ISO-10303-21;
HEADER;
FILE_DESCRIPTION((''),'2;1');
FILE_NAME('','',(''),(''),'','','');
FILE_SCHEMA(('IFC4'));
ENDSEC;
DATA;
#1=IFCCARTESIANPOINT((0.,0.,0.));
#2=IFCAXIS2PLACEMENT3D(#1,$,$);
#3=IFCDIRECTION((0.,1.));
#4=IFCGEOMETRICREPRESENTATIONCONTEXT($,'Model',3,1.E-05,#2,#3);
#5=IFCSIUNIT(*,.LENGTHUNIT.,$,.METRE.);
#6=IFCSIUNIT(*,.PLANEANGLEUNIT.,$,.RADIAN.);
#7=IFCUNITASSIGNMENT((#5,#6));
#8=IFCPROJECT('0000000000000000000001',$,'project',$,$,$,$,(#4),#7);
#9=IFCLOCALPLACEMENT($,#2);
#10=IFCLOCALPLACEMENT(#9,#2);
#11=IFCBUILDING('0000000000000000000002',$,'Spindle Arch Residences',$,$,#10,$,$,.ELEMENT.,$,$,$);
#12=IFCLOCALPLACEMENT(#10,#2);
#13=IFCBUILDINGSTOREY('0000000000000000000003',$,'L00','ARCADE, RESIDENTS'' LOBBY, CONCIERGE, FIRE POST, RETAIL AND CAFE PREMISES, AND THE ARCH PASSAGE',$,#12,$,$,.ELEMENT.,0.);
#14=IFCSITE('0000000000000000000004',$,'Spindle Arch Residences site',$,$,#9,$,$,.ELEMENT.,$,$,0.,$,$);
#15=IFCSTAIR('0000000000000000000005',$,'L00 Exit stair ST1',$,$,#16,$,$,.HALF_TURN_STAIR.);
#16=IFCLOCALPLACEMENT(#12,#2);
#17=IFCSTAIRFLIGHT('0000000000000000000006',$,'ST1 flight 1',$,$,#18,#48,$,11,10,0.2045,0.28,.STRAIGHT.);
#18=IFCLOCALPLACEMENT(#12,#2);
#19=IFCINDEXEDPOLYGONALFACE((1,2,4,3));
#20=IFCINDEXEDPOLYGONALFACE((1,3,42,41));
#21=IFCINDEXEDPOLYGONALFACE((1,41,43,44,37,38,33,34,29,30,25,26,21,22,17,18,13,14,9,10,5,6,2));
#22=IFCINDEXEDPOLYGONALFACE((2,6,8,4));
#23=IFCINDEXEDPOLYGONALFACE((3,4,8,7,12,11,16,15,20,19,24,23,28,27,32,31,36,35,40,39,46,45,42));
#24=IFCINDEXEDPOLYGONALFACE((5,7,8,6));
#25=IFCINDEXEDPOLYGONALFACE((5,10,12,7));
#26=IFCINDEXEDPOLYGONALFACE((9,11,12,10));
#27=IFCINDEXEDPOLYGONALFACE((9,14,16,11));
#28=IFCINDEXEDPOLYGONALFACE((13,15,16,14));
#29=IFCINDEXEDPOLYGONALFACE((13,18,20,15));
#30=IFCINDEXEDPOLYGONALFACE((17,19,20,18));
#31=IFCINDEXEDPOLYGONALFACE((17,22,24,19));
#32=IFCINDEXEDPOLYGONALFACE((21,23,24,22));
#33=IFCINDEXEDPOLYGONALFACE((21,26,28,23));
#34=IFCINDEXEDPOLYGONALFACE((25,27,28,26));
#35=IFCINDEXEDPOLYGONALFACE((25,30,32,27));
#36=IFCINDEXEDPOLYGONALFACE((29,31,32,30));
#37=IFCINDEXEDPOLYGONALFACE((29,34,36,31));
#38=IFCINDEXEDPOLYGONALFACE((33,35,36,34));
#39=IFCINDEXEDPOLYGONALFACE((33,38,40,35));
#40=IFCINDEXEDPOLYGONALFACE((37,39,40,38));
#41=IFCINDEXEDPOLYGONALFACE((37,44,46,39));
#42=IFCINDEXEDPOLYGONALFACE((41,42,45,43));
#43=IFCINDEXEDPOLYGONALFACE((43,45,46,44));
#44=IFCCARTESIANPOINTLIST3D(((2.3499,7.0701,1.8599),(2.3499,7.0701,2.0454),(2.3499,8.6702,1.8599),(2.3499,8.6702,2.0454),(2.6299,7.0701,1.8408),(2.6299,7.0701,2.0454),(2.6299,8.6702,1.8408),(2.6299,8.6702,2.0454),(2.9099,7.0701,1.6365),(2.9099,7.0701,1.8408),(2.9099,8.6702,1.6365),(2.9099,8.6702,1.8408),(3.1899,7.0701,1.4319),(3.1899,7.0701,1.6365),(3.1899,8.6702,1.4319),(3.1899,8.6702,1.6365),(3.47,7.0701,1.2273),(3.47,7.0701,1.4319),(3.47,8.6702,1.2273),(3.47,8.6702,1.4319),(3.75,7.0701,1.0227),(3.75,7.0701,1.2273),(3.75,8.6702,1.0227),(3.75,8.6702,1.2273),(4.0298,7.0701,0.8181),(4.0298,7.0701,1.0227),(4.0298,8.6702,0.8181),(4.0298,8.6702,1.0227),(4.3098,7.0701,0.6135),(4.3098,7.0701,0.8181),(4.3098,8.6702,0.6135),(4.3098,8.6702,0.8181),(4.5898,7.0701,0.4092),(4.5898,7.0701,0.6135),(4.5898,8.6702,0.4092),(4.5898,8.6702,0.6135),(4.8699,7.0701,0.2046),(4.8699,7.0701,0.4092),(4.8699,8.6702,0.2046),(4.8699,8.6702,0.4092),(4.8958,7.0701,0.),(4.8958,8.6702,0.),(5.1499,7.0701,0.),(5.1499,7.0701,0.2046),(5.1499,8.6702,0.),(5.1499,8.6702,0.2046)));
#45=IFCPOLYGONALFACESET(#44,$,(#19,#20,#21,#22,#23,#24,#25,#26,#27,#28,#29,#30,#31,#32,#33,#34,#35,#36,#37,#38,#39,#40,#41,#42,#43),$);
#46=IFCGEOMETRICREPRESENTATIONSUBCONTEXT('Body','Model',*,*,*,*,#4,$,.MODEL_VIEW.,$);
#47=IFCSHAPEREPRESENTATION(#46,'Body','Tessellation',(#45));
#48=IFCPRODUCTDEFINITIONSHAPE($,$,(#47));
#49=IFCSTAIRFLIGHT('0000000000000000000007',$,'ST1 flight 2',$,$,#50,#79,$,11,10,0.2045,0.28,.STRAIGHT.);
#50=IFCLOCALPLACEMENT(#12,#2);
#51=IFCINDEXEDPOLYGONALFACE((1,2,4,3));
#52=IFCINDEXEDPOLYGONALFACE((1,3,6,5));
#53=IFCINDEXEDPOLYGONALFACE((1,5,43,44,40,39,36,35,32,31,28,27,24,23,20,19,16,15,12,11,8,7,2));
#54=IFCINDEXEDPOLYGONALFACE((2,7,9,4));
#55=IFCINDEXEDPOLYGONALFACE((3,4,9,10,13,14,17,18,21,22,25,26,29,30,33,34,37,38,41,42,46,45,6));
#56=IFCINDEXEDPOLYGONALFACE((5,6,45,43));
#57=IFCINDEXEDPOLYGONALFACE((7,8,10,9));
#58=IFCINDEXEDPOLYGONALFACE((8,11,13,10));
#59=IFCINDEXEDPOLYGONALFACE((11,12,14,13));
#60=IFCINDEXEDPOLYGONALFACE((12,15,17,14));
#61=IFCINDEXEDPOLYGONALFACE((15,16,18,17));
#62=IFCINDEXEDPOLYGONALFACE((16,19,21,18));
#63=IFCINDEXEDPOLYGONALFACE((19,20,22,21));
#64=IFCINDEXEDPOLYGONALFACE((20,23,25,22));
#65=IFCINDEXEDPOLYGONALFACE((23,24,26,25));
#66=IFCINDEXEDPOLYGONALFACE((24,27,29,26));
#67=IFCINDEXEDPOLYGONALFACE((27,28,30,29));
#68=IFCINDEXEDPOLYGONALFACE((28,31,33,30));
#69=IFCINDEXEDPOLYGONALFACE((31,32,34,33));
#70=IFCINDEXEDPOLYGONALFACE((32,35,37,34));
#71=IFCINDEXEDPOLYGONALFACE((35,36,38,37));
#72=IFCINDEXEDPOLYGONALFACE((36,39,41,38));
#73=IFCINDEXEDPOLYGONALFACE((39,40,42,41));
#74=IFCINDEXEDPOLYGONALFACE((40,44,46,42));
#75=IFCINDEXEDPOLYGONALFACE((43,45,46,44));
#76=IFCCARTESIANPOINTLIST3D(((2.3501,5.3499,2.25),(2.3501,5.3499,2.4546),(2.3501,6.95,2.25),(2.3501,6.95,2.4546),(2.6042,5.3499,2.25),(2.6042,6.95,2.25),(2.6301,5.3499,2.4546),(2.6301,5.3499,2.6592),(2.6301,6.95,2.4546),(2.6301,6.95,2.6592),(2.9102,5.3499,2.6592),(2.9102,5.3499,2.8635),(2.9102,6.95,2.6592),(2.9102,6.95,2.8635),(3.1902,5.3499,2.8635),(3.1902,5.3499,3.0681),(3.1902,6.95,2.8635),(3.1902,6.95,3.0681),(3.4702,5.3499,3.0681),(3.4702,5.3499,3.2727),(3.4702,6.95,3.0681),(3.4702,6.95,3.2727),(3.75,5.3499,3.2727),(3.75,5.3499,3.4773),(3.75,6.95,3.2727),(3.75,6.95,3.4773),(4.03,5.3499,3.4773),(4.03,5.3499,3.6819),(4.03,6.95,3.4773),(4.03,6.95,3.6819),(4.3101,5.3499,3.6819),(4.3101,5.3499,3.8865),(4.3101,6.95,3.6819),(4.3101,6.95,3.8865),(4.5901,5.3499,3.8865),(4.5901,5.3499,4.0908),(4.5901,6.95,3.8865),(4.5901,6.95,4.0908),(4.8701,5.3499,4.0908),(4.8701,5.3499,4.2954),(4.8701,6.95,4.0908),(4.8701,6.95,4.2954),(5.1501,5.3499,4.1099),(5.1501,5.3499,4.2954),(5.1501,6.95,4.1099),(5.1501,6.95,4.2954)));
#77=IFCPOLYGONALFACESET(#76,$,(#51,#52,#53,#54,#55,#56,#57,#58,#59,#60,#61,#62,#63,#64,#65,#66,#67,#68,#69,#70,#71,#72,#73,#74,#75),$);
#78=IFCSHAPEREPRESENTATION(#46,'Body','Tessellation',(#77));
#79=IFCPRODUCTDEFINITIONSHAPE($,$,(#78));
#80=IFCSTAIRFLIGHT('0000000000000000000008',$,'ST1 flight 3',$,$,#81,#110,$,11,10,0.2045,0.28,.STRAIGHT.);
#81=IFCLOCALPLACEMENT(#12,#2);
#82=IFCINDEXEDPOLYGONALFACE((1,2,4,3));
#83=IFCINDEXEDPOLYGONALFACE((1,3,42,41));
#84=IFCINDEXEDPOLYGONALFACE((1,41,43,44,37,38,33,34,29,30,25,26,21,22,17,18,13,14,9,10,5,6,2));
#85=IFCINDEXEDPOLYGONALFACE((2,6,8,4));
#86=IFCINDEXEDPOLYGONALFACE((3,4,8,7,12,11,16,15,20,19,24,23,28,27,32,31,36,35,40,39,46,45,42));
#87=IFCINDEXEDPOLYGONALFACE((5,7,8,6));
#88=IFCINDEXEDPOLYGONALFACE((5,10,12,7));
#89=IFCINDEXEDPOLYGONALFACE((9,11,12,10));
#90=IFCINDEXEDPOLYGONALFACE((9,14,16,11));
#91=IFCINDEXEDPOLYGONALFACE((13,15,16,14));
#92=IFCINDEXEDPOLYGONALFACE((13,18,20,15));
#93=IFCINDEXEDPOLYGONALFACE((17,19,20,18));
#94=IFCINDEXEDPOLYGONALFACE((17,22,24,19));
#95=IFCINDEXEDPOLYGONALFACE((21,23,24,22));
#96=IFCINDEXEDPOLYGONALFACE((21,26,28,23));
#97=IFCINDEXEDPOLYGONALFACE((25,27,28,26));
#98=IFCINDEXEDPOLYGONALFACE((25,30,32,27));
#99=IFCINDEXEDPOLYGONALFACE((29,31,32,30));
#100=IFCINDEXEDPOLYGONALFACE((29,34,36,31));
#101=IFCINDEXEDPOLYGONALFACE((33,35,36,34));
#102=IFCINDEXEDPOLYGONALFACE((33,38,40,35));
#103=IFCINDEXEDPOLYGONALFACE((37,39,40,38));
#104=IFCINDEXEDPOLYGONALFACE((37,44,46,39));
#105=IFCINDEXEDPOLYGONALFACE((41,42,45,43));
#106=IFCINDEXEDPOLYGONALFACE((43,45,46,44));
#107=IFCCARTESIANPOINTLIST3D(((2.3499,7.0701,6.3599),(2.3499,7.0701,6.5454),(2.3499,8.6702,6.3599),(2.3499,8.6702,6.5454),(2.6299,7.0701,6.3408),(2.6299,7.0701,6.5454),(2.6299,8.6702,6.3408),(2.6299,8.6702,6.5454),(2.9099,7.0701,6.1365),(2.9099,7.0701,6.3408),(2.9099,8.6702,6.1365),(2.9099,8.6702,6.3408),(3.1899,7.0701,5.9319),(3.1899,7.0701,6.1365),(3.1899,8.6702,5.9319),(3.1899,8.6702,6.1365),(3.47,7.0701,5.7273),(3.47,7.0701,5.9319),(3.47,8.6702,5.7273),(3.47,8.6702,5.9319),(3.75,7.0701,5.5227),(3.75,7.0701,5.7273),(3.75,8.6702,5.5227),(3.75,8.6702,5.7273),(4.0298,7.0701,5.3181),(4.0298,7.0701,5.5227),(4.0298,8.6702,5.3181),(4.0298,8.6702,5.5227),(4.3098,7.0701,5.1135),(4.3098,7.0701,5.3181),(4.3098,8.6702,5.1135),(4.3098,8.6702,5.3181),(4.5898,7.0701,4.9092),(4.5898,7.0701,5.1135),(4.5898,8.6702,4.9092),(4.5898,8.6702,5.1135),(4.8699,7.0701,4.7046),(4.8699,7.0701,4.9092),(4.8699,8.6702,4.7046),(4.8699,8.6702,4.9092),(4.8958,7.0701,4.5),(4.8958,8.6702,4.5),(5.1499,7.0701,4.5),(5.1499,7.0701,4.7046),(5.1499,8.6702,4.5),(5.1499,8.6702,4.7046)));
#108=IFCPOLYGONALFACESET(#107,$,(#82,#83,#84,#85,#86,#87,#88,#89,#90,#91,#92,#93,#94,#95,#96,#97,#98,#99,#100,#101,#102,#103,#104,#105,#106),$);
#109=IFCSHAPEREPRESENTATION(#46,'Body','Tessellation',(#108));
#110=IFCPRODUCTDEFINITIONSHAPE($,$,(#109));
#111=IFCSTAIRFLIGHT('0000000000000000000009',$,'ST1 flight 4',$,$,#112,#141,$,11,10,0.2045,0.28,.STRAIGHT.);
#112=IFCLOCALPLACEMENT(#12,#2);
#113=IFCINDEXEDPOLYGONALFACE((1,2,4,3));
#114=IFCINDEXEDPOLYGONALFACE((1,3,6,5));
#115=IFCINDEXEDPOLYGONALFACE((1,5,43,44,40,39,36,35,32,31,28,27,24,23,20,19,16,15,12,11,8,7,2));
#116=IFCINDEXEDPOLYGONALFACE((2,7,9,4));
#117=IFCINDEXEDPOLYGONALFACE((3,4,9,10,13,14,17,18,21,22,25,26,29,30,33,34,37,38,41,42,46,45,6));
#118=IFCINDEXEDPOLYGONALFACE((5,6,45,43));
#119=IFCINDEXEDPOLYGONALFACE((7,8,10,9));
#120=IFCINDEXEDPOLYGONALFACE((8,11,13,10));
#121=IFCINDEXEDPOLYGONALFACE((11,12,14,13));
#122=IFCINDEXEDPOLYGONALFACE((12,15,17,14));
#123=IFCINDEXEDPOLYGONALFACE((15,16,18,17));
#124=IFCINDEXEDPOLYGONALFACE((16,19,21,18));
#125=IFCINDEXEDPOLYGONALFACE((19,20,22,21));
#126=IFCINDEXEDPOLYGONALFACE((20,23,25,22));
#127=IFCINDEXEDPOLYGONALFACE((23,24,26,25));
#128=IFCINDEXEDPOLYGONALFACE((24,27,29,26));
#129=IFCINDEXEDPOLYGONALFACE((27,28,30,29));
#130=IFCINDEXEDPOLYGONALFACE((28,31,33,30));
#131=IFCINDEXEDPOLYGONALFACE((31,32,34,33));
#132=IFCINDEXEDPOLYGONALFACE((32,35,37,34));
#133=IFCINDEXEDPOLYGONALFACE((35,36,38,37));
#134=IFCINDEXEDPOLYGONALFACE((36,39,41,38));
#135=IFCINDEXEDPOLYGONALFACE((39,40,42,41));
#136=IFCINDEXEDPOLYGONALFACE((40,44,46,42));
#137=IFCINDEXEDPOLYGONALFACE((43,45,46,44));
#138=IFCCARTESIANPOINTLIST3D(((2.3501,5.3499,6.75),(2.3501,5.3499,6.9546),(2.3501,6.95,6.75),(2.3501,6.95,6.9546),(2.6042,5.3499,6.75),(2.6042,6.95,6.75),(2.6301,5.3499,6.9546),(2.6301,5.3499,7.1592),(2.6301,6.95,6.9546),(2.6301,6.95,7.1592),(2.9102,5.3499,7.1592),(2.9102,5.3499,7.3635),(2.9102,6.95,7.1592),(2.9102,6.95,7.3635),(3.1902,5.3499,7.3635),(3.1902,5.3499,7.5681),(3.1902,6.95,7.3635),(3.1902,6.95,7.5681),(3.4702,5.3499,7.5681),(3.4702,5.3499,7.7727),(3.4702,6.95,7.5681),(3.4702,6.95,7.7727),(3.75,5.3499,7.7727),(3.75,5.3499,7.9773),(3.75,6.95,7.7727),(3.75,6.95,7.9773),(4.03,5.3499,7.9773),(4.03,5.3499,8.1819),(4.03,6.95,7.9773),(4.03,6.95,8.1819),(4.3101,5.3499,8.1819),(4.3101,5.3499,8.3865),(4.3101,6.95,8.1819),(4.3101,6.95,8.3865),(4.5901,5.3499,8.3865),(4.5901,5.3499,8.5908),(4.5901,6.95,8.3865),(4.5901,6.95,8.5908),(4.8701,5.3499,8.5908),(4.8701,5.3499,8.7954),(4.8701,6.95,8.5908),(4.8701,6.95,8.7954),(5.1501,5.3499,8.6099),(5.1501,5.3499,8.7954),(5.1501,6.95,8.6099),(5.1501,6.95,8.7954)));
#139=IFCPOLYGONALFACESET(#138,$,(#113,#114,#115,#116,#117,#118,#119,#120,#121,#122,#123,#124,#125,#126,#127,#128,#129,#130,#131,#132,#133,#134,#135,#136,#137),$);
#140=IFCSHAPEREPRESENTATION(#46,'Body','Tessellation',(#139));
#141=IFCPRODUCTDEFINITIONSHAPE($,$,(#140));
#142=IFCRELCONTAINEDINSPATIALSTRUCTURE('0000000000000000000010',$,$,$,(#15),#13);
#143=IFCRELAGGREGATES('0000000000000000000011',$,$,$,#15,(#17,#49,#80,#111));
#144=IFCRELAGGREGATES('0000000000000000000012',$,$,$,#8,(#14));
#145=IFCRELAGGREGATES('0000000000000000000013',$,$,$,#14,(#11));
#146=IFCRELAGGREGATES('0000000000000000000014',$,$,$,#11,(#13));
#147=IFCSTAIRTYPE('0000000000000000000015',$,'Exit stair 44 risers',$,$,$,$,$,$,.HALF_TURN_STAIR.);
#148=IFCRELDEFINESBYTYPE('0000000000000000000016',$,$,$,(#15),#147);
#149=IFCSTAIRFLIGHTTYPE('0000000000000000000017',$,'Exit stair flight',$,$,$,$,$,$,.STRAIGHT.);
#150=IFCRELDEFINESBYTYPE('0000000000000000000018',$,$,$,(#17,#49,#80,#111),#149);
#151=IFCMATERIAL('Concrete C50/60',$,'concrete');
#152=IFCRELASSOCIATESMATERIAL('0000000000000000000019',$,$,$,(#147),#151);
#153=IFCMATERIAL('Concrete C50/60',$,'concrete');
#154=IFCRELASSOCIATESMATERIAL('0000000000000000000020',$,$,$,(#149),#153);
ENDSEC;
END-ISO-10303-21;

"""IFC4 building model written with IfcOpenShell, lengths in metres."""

from ifc_helpers import new_model, si_unit, direction, frame, origin, place, context, subcontext, project, spatial, polyline, outline, extrude, material, type_object, element, aggregate, save


model = new_model("IFC4")

# Units and contexts
model_context = context("Model", 3, precision=1e-05, world=origin(), true_north=direction((0.0, 1.0)))
body_context = subcontext(model_context, "Body", "Model", "MODEL_VIEW")
ifc_project = project(units=[si_unit("LENGTHUNIT", "METRE"), si_unit("PLANEANGLEUNIT", "RADIAN")], contexts=[model_context])

# Site, building, storey
site_placement = place(None, origin())
site = spatial("IfcSite", under=ifc_project, at=site_placement, Name="Spindle Arch Residences site", CompositionType="ELEMENT", RefElevation=0.0)
building_placement = place(site_placement, origin())
building = spatial("IfcBuilding", under=site, at=building_placement, Name="Spindle Arch Residences", CompositionType="ELEMENT")
storey_placement = place(building_placement, origin())
storey = spatial("IfcBuildingStorey", under=building, at=storey_placement, Name="L00", Description="ARCADE, RESIDENTS' LOBBY, CONCIERGE, FIRE POST, RETAIL AND CAFE PREMISES, AND THE ARCH PASSAGE", CompositionType="ELEMENT", Elevation=0.0)

# Shared definitions
ifc_material_1 = material(Name="Concrete C50/60", Category="concrete")
stair_type = type_object("IfcStairType", Name="Exit stair 44 risers", PredefinedType="HALF_TURN_STAIR", material=ifc_material_1)

# Stair, stair flights
stair_1_placement = place(storey_placement, origin())
stair_1 = element("IfcStair", 1, at=stair_1_placement, inside=storey, type_object=stair_type, Name="L00 Exit stair ST1", PredefinedType="HALF_TURN_STAIR")
ifc_material_2 = material(Name="Concrete C50/60", Category="concrete")
stair_flight_type = type_object("IfcStairFlightType", Name="Exit stair flight", PredefinedType="STRAIGHT", material=ifc_material_2)
stair_flight_1_placement = place(storey_placement, frame((5.1499, 7.8701, 0.0), z_axis=(0.0, 0.0, 1.0), x_axis=(-1.0, 0.0, 0.0)))
stair_flight_1 = element("IfcStairFlight", 2, at=stair_flight_1_placement, type_object=stair_flight_type, Name="ST1 flight 1", NumberOfRisers=11, NumberOfTreads=10, PredefinedType="STRAIGHT", RiserHeight=0.2045, TreadLength=0.28, context=body_context, shape_type="SweptSolid", body=[
    extrude(outline(polyline([(0.0, 0.0), (0.0, 0.2046), (0.28, 0.2046), (0.28, 0.4092), (0.5601, 0.4092), (0.5601, 0.6135), (0.8401, 0.6135), (0.8401, 0.8181), (1.1201, 0.8181), (1.1201, 1.0227), (1.3999, 1.0227), (1.3999, 1.2273), (1.6799, 1.2273), (1.6799, 1.4319), (1.96, 1.4319), (1.96, 1.6365), (2.24, 1.6365), (2.24, 1.8408), (2.52, 1.8408), (2.52, 2.0454), (2.8, 2.0454), (2.8, 2.25), (2.8, 1.8599), (0.2542, 0.0), (0.0, 0.0)])), frame((0.0, 0.8, 0.0), z_axis=(0.0, -1.0, 0.0), x_axis=(1.0, 0.0, 0.0)), (0.0, 0.0, 1.0), 1.6001),
])
stair_flight_2_placement = place(storey_placement, frame((2.3501, 6.1499, 2.25), z_axis=(0.0, 0.0, 1.0), x_axis=(1.0, 0.0, 0.0)))
stair_flight_2 = element("IfcStairFlight", 3, at=stair_flight_2_placement, type_object=stair_flight_type, Name="ST1 flight 2", NumberOfRisers=11, NumberOfTreads=10, PredefinedType="STRAIGHT", RiserHeight=0.2045, TreadLength=0.28, context=body_context, shape_type="SweptSolid", body=[
    extrude(outline(polyline([(0.0, 0.0), (0.0, 0.2046), (0.28, 0.2046), (0.28, 0.4092), (0.5601, 0.4092), (0.5601, 0.6135), (0.8401, 0.6135), (0.8401, 0.8181), (1.1201, 0.8181), (1.1201, 1.0227), (1.3999, 1.0227), (1.3999, 1.2273), (1.6799, 1.2273), (1.6799, 1.4319), (1.96, 1.4319), (1.96, 1.6365), (2.24, 1.6365), (2.24, 1.8408), (2.52, 1.8408), (2.52, 2.0454), (2.8, 2.0454), (2.8, 2.25), (2.8, 1.8599), (0.2542, 0.0), (0.0, 0.0)])), frame((0.0, 0.8, 0.0), z_axis=(0.0, -1.0, 0.0), x_axis=(1.0, 0.0, 0.0)), (0.0, 0.0, 1.0), 1.6001),
])
stair_flight_3_placement = place(storey_placement, frame((5.1499, 7.8701, 4.5), z_axis=(0.0, 0.0, 1.0), x_axis=(-1.0, 0.0, 0.0)))
stair_flight_3 = element("IfcStairFlight", 4, at=stair_flight_3_placement, type_object=stair_flight_type, Name="ST1 flight 3", NumberOfRisers=11, NumberOfTreads=10, PredefinedType="STRAIGHT", RiserHeight=0.2045, TreadLength=0.28, context=body_context, shape_type="SweptSolid", body=[
    extrude(outline(polyline([(0.0, 0.0), (0.0, 0.2046), (0.28, 0.2046), (0.28, 0.4092), (0.5601, 0.4092), (0.5601, 0.6135), (0.8401, 0.6135), (0.8401, 0.8181), (1.1201, 0.8181), (1.1201, 1.0227), (1.3999, 1.0227), (1.3999, 1.2273), (1.6799, 1.2273), (1.6799, 1.4319), (1.96, 1.4319), (1.96, 1.6365), (2.24, 1.6365), (2.24, 1.8408), (2.52, 1.8408), (2.52, 2.0454), (2.8, 2.0454), (2.8, 2.25), (2.8, 1.8599), (0.2542, 0.0), (0.0, 0.0)])), frame((0.0, 0.8, 0.0), z_axis=(0.0, -1.0, 0.0), x_axis=(1.0, 0.0, 0.0)), (0.0, 0.0, 1.0), 1.6001),
])
stair_flight_4_placement = place(storey_placement, frame((2.3501, 6.1499, 6.75), z_axis=(0.0, 0.0, 1.0), x_axis=(1.0, 0.0, 0.0)))
stair_flight_4 = element("IfcStairFlight", 5, at=stair_flight_4_placement, type_object=stair_flight_type, Name="ST1 flight 4", NumberOfRisers=11, NumberOfTreads=10, PredefinedType="STRAIGHT", RiserHeight=0.2045, TreadLength=0.28, context=body_context, shape_type="SweptSolid", body=[
    extrude(outline(polyline([(0.0, 0.0), (0.0, 0.2046), (0.28, 0.2046), (0.28, 0.4092), (0.5601, 0.4092), (0.5601, 0.6135), (0.8401, 0.6135), (0.8401, 0.8181), (1.1201, 0.8181), (1.1201, 1.0227), (1.3999, 1.0227), (1.3999, 1.2273), (1.6799, 1.2273), (1.6799, 1.4319), (1.96, 1.4319), (1.96, 1.6365), (2.24, 1.6365), (2.24, 1.8408), (2.52, 1.8408), (2.52, 2.0454), (2.8, 2.0454), (2.8, 2.25), (2.8, 1.8599), (0.2542, 0.0), (0.0, 0.0)])), frame((0.0, 0.8, 0.0), z_axis=(0.0, -1.0, 0.0), x_axis=(1.0, 0.0, 0.0)), (0.0, 0.0, 1.0), 1.6001),
])
aggregate(stair_1, [stair_flight_1, stair_flight_2, stair_flight_3, stair_flight_4])

save(model, "model.ifc")
